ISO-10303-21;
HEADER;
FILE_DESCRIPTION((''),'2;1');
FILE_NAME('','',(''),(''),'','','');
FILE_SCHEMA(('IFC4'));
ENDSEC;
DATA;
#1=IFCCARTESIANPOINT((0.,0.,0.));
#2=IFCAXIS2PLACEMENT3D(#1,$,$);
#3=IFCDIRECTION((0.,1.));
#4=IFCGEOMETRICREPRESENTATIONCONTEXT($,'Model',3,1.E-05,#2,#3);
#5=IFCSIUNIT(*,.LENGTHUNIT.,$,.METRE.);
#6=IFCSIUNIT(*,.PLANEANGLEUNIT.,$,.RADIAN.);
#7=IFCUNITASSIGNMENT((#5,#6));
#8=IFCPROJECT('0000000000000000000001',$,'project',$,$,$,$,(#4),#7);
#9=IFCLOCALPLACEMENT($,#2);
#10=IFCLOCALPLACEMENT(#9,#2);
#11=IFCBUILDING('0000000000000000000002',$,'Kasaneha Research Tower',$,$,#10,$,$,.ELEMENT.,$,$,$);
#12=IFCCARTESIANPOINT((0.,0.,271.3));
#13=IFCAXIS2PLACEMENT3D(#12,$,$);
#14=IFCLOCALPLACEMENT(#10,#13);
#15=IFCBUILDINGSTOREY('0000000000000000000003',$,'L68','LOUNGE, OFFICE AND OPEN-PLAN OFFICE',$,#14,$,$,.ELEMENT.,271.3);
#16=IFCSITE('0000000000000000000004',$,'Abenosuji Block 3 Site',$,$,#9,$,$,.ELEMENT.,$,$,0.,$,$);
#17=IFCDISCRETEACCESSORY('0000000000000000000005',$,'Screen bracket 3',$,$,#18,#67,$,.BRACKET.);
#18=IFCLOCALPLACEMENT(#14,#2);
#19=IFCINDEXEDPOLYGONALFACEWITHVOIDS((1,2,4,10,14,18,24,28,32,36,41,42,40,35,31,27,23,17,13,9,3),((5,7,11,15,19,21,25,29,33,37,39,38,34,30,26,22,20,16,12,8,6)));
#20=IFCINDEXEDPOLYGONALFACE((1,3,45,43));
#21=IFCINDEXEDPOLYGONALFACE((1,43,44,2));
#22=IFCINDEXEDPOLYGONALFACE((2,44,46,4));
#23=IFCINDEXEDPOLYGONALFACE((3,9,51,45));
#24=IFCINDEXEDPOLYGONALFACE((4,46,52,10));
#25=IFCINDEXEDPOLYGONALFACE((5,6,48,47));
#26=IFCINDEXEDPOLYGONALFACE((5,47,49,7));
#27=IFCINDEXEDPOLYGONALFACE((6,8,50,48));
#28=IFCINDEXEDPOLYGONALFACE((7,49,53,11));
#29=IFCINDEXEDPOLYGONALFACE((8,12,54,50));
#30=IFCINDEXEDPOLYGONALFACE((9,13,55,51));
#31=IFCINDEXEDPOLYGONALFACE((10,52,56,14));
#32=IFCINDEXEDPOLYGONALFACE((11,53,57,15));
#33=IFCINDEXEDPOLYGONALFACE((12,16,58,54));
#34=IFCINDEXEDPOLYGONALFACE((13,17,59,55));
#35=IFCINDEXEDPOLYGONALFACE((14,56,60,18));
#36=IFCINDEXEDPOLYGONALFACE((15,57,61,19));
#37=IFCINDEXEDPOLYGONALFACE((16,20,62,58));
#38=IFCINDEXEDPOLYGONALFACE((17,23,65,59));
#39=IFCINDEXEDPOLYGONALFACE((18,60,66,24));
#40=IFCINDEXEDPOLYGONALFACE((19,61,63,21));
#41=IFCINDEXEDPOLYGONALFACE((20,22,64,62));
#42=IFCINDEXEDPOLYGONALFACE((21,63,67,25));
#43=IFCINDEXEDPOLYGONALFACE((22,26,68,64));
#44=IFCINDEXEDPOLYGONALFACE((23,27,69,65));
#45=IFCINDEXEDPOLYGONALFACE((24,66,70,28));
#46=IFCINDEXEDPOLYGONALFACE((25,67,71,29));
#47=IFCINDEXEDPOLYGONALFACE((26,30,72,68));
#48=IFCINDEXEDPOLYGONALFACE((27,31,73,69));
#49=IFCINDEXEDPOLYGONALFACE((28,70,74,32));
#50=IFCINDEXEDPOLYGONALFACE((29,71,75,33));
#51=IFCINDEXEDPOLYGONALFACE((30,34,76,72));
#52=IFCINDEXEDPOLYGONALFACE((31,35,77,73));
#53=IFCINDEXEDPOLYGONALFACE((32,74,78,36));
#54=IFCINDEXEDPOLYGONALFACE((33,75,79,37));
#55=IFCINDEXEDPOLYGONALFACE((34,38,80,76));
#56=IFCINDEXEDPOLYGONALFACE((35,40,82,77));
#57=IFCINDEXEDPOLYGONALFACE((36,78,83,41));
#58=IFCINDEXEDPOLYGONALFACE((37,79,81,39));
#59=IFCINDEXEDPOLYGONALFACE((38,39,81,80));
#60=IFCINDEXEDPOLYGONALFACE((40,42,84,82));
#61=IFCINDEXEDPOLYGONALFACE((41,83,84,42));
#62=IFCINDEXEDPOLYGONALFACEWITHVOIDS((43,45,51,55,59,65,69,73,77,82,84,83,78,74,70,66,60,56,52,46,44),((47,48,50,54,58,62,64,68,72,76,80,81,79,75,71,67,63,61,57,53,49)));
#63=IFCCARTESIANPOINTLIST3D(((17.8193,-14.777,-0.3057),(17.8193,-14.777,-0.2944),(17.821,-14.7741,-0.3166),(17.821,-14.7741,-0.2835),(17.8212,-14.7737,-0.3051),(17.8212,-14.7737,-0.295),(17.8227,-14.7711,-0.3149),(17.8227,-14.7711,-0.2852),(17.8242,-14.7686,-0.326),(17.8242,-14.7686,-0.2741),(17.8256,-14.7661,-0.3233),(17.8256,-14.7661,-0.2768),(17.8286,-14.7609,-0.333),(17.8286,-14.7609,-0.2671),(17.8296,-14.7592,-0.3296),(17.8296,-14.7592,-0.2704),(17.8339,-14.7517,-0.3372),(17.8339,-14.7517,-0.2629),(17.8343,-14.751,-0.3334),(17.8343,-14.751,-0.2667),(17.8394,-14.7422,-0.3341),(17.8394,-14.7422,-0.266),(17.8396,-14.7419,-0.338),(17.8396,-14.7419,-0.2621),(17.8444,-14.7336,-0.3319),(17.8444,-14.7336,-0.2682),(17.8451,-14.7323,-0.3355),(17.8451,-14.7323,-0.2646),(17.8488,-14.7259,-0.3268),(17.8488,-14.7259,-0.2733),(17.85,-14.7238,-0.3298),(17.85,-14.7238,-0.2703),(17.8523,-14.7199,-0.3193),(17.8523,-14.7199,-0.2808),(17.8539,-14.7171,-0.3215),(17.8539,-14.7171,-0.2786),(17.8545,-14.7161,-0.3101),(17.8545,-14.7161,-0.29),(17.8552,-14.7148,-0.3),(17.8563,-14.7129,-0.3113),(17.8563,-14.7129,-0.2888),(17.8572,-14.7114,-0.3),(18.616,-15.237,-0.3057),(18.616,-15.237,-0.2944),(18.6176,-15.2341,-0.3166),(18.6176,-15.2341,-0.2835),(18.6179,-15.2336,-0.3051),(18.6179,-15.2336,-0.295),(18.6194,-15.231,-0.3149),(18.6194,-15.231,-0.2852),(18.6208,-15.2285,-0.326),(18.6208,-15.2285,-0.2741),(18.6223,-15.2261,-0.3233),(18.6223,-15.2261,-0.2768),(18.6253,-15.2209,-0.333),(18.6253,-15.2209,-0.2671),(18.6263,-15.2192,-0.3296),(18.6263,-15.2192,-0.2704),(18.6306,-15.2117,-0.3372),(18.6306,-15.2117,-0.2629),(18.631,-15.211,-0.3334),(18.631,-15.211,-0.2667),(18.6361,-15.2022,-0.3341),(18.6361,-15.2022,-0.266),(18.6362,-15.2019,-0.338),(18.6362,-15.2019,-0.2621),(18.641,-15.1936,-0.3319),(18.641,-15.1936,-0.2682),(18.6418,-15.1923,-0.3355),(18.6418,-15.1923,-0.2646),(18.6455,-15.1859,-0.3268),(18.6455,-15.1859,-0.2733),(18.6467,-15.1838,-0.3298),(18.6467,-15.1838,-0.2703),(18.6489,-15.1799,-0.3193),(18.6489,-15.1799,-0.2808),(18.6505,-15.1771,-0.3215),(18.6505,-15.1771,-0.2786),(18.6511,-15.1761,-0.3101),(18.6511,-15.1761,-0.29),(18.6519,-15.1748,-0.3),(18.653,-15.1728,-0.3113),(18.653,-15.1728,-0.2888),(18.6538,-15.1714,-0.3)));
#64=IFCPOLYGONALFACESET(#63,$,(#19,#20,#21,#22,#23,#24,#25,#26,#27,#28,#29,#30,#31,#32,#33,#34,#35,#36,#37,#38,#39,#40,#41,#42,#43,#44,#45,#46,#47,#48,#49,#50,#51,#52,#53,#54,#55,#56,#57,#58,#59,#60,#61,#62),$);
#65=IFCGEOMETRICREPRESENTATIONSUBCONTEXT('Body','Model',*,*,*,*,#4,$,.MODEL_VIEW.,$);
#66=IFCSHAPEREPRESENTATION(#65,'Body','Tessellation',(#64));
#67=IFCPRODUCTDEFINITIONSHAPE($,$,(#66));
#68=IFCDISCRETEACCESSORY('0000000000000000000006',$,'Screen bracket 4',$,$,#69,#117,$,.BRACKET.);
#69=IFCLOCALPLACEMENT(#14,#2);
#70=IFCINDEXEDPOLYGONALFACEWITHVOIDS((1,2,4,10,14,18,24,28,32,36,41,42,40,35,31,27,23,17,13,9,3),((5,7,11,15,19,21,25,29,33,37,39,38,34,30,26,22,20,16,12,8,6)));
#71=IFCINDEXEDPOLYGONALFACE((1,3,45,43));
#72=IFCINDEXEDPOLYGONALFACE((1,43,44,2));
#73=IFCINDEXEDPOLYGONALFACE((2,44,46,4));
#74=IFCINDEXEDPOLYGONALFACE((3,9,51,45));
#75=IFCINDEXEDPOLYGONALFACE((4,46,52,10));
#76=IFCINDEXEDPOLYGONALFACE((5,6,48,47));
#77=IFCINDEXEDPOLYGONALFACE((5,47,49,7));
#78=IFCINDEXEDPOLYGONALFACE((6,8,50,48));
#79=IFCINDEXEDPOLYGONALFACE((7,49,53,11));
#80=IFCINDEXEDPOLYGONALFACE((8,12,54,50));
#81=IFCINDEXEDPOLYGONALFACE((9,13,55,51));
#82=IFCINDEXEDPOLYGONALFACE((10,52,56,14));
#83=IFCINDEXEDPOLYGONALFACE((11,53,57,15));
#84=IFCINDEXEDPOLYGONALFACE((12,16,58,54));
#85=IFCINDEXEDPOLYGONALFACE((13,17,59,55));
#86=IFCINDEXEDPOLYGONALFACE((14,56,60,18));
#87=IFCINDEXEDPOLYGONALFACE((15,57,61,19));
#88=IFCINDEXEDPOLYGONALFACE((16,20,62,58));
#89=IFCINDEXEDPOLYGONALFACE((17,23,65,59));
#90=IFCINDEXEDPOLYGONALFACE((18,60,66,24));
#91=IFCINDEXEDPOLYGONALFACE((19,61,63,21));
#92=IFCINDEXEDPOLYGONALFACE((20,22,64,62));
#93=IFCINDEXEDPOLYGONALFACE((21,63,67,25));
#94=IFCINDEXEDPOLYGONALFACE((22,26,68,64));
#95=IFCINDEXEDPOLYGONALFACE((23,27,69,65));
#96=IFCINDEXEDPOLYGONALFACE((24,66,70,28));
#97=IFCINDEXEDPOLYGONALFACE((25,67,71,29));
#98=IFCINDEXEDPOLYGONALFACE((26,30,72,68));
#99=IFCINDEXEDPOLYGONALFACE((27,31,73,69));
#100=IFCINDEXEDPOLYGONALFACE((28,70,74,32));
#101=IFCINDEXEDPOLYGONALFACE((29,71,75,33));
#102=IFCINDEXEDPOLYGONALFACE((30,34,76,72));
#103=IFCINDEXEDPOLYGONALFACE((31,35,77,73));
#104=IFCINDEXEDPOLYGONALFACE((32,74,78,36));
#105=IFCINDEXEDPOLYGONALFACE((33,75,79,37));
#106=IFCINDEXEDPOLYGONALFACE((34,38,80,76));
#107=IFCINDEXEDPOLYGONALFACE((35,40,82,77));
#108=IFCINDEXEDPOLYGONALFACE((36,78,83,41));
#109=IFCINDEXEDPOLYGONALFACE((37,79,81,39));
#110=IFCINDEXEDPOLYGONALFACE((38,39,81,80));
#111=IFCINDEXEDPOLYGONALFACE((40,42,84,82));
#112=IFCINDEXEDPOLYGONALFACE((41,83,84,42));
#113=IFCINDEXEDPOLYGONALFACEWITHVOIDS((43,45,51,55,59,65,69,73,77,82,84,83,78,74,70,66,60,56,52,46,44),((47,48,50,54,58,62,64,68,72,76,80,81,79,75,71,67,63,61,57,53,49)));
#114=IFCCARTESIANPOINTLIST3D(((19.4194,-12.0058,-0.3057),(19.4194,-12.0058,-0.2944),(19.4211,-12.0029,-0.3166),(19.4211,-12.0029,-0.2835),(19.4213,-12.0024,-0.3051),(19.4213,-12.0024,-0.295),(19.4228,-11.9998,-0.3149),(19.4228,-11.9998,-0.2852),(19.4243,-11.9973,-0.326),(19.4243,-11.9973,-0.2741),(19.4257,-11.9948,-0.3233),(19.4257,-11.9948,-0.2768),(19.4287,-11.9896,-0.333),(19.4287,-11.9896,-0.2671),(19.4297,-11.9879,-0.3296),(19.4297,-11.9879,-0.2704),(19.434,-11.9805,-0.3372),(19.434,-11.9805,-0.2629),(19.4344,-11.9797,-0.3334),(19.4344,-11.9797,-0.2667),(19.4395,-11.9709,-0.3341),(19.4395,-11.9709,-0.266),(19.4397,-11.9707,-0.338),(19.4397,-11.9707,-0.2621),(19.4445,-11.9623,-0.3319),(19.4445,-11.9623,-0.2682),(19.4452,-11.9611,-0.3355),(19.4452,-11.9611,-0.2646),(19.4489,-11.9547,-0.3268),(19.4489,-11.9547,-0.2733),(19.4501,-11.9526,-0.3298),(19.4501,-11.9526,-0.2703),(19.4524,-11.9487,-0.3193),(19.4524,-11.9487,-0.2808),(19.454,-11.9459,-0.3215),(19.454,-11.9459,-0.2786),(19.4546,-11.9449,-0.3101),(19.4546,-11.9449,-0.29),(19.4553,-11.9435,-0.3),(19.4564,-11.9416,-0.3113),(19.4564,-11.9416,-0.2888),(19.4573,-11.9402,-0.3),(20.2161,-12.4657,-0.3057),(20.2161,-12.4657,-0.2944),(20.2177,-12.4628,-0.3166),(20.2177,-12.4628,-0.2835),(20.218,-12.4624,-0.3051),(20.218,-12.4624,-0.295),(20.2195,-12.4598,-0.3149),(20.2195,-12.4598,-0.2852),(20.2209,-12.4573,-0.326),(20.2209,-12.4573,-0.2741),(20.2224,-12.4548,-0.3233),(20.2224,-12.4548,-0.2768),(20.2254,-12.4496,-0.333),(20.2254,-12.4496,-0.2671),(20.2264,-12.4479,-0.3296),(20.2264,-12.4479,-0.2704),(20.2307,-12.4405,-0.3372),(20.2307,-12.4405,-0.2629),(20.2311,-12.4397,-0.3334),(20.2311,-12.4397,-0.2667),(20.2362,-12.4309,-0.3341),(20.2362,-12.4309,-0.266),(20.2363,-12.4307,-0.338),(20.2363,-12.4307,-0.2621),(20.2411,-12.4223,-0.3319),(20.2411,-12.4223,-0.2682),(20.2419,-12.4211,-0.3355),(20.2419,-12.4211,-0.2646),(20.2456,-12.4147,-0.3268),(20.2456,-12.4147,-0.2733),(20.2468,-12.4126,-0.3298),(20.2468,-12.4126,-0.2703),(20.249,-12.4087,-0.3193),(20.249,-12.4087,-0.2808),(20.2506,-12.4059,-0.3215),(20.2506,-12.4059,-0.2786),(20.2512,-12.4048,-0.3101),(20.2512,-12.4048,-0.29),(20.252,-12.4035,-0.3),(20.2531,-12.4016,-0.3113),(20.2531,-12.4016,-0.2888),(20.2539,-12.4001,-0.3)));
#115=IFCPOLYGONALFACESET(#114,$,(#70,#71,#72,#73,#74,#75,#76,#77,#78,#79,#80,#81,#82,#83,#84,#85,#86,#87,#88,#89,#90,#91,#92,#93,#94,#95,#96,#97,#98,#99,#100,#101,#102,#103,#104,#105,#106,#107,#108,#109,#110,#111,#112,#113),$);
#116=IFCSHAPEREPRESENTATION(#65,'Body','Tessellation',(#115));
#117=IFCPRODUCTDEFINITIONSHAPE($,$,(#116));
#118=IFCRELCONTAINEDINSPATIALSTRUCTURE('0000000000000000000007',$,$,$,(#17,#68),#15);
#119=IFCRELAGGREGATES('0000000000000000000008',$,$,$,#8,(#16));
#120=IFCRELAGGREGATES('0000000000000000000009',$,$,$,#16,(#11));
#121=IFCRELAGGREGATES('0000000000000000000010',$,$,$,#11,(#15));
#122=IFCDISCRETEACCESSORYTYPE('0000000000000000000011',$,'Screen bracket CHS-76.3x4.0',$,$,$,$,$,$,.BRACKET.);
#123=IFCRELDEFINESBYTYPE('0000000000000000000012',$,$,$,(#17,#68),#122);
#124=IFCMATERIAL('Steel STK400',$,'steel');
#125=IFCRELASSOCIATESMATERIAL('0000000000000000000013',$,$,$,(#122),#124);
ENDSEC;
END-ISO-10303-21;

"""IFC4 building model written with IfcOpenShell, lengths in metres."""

from ifc_helpers import new_model, si_unit, direction, frame, origin, origin_2d, place, context, subcontext, project, spatial, hollow_circle, extrude, material, material_profile, profile_set, type_object, element, save


model = new_model("IFC4")

# Units and contexts
model_context = context("Model", 3, precision=1e-05, world=origin(), true_north=direction((0.0, 1.0)))
body_context = subcontext(model_context, "Body", "Model", "MODEL_VIEW")
ifc_project = project(units=[si_unit("LENGTHUNIT", "METRE"), si_unit("PLANEANGLEUNIT", "RADIAN")], contexts=[model_context])

# Site, building, storey
site_placement = place(None, origin())
site = spatial("IfcSite", under=ifc_project, at=site_placement, Name="Abenosuji Block 3 Site", CompositionType="ELEMENT", RefElevation=0.0)
building_placement = place(site_placement, origin())
building = spatial("IfcBuilding", under=site, at=building_placement, Name="Kasaneha Research Tower", CompositionType="ELEMENT")
storey_placement = place(building_placement, frame((0.0, 0.0, 271.3)))
storey = spatial("IfcBuildingStorey", under=building, at=storey_placement, Name="L68", Description="LOUNGE, OFFICE AND OPEN-PLAN OFFICE", CompositionType="ELEMENT", Elevation=271.3)

# Discrete accessories
ifc_material_1 = material(Name="Steel STK400", Category="steel")
ifc_material_profile_1 = material_profile(ifc_material_1, hollow_circle(Radius=0.0381, WallThickness=0.0039, at=origin_2d()), Name="CHS-76.3x4.0")
ifc_profile_set_1 = profile_set([ifc_material_profile_1], Name="Steel STK400")
discrete_accessory_type = type_object("IfcDiscreteAccessoryType", Name="Screen bracket CHS-76.3x4.0", PredefinedType="BRACKET", material=ifc_profile_set_1)
for number, where, z_axis, x_axis, name in (
    (1, (17.8381, -14.7444, -0.3), (0.866013, -0.500021, 0.0), (0.500021, 0.866013, 0.0), "Screen bracket 3"),
    (2, (19.4382, -11.9731, -0.3), (0.866013, -0.500021, 0.0), (0.500021, 0.866013, 0.0), "Screen bracket 4"),
):
    element("IfcDiscreteAccessory", number, at=place(storey_placement, frame(where, z_axis=z_axis, x_axis=x_axis)), inside=storey, type_object=discrete_accessory_type, Name=name, PredefinedType="BRACKET", context=body_context, shape_type="SweptSolid", body=[
        extrude(hollow_circle(Radius=0.0381, WallThickness=0.0039, at=origin_2d()), origin(), (0.0, 0.0, 1.0), 0.9199),
    ])

save(model, "model.ifc")
